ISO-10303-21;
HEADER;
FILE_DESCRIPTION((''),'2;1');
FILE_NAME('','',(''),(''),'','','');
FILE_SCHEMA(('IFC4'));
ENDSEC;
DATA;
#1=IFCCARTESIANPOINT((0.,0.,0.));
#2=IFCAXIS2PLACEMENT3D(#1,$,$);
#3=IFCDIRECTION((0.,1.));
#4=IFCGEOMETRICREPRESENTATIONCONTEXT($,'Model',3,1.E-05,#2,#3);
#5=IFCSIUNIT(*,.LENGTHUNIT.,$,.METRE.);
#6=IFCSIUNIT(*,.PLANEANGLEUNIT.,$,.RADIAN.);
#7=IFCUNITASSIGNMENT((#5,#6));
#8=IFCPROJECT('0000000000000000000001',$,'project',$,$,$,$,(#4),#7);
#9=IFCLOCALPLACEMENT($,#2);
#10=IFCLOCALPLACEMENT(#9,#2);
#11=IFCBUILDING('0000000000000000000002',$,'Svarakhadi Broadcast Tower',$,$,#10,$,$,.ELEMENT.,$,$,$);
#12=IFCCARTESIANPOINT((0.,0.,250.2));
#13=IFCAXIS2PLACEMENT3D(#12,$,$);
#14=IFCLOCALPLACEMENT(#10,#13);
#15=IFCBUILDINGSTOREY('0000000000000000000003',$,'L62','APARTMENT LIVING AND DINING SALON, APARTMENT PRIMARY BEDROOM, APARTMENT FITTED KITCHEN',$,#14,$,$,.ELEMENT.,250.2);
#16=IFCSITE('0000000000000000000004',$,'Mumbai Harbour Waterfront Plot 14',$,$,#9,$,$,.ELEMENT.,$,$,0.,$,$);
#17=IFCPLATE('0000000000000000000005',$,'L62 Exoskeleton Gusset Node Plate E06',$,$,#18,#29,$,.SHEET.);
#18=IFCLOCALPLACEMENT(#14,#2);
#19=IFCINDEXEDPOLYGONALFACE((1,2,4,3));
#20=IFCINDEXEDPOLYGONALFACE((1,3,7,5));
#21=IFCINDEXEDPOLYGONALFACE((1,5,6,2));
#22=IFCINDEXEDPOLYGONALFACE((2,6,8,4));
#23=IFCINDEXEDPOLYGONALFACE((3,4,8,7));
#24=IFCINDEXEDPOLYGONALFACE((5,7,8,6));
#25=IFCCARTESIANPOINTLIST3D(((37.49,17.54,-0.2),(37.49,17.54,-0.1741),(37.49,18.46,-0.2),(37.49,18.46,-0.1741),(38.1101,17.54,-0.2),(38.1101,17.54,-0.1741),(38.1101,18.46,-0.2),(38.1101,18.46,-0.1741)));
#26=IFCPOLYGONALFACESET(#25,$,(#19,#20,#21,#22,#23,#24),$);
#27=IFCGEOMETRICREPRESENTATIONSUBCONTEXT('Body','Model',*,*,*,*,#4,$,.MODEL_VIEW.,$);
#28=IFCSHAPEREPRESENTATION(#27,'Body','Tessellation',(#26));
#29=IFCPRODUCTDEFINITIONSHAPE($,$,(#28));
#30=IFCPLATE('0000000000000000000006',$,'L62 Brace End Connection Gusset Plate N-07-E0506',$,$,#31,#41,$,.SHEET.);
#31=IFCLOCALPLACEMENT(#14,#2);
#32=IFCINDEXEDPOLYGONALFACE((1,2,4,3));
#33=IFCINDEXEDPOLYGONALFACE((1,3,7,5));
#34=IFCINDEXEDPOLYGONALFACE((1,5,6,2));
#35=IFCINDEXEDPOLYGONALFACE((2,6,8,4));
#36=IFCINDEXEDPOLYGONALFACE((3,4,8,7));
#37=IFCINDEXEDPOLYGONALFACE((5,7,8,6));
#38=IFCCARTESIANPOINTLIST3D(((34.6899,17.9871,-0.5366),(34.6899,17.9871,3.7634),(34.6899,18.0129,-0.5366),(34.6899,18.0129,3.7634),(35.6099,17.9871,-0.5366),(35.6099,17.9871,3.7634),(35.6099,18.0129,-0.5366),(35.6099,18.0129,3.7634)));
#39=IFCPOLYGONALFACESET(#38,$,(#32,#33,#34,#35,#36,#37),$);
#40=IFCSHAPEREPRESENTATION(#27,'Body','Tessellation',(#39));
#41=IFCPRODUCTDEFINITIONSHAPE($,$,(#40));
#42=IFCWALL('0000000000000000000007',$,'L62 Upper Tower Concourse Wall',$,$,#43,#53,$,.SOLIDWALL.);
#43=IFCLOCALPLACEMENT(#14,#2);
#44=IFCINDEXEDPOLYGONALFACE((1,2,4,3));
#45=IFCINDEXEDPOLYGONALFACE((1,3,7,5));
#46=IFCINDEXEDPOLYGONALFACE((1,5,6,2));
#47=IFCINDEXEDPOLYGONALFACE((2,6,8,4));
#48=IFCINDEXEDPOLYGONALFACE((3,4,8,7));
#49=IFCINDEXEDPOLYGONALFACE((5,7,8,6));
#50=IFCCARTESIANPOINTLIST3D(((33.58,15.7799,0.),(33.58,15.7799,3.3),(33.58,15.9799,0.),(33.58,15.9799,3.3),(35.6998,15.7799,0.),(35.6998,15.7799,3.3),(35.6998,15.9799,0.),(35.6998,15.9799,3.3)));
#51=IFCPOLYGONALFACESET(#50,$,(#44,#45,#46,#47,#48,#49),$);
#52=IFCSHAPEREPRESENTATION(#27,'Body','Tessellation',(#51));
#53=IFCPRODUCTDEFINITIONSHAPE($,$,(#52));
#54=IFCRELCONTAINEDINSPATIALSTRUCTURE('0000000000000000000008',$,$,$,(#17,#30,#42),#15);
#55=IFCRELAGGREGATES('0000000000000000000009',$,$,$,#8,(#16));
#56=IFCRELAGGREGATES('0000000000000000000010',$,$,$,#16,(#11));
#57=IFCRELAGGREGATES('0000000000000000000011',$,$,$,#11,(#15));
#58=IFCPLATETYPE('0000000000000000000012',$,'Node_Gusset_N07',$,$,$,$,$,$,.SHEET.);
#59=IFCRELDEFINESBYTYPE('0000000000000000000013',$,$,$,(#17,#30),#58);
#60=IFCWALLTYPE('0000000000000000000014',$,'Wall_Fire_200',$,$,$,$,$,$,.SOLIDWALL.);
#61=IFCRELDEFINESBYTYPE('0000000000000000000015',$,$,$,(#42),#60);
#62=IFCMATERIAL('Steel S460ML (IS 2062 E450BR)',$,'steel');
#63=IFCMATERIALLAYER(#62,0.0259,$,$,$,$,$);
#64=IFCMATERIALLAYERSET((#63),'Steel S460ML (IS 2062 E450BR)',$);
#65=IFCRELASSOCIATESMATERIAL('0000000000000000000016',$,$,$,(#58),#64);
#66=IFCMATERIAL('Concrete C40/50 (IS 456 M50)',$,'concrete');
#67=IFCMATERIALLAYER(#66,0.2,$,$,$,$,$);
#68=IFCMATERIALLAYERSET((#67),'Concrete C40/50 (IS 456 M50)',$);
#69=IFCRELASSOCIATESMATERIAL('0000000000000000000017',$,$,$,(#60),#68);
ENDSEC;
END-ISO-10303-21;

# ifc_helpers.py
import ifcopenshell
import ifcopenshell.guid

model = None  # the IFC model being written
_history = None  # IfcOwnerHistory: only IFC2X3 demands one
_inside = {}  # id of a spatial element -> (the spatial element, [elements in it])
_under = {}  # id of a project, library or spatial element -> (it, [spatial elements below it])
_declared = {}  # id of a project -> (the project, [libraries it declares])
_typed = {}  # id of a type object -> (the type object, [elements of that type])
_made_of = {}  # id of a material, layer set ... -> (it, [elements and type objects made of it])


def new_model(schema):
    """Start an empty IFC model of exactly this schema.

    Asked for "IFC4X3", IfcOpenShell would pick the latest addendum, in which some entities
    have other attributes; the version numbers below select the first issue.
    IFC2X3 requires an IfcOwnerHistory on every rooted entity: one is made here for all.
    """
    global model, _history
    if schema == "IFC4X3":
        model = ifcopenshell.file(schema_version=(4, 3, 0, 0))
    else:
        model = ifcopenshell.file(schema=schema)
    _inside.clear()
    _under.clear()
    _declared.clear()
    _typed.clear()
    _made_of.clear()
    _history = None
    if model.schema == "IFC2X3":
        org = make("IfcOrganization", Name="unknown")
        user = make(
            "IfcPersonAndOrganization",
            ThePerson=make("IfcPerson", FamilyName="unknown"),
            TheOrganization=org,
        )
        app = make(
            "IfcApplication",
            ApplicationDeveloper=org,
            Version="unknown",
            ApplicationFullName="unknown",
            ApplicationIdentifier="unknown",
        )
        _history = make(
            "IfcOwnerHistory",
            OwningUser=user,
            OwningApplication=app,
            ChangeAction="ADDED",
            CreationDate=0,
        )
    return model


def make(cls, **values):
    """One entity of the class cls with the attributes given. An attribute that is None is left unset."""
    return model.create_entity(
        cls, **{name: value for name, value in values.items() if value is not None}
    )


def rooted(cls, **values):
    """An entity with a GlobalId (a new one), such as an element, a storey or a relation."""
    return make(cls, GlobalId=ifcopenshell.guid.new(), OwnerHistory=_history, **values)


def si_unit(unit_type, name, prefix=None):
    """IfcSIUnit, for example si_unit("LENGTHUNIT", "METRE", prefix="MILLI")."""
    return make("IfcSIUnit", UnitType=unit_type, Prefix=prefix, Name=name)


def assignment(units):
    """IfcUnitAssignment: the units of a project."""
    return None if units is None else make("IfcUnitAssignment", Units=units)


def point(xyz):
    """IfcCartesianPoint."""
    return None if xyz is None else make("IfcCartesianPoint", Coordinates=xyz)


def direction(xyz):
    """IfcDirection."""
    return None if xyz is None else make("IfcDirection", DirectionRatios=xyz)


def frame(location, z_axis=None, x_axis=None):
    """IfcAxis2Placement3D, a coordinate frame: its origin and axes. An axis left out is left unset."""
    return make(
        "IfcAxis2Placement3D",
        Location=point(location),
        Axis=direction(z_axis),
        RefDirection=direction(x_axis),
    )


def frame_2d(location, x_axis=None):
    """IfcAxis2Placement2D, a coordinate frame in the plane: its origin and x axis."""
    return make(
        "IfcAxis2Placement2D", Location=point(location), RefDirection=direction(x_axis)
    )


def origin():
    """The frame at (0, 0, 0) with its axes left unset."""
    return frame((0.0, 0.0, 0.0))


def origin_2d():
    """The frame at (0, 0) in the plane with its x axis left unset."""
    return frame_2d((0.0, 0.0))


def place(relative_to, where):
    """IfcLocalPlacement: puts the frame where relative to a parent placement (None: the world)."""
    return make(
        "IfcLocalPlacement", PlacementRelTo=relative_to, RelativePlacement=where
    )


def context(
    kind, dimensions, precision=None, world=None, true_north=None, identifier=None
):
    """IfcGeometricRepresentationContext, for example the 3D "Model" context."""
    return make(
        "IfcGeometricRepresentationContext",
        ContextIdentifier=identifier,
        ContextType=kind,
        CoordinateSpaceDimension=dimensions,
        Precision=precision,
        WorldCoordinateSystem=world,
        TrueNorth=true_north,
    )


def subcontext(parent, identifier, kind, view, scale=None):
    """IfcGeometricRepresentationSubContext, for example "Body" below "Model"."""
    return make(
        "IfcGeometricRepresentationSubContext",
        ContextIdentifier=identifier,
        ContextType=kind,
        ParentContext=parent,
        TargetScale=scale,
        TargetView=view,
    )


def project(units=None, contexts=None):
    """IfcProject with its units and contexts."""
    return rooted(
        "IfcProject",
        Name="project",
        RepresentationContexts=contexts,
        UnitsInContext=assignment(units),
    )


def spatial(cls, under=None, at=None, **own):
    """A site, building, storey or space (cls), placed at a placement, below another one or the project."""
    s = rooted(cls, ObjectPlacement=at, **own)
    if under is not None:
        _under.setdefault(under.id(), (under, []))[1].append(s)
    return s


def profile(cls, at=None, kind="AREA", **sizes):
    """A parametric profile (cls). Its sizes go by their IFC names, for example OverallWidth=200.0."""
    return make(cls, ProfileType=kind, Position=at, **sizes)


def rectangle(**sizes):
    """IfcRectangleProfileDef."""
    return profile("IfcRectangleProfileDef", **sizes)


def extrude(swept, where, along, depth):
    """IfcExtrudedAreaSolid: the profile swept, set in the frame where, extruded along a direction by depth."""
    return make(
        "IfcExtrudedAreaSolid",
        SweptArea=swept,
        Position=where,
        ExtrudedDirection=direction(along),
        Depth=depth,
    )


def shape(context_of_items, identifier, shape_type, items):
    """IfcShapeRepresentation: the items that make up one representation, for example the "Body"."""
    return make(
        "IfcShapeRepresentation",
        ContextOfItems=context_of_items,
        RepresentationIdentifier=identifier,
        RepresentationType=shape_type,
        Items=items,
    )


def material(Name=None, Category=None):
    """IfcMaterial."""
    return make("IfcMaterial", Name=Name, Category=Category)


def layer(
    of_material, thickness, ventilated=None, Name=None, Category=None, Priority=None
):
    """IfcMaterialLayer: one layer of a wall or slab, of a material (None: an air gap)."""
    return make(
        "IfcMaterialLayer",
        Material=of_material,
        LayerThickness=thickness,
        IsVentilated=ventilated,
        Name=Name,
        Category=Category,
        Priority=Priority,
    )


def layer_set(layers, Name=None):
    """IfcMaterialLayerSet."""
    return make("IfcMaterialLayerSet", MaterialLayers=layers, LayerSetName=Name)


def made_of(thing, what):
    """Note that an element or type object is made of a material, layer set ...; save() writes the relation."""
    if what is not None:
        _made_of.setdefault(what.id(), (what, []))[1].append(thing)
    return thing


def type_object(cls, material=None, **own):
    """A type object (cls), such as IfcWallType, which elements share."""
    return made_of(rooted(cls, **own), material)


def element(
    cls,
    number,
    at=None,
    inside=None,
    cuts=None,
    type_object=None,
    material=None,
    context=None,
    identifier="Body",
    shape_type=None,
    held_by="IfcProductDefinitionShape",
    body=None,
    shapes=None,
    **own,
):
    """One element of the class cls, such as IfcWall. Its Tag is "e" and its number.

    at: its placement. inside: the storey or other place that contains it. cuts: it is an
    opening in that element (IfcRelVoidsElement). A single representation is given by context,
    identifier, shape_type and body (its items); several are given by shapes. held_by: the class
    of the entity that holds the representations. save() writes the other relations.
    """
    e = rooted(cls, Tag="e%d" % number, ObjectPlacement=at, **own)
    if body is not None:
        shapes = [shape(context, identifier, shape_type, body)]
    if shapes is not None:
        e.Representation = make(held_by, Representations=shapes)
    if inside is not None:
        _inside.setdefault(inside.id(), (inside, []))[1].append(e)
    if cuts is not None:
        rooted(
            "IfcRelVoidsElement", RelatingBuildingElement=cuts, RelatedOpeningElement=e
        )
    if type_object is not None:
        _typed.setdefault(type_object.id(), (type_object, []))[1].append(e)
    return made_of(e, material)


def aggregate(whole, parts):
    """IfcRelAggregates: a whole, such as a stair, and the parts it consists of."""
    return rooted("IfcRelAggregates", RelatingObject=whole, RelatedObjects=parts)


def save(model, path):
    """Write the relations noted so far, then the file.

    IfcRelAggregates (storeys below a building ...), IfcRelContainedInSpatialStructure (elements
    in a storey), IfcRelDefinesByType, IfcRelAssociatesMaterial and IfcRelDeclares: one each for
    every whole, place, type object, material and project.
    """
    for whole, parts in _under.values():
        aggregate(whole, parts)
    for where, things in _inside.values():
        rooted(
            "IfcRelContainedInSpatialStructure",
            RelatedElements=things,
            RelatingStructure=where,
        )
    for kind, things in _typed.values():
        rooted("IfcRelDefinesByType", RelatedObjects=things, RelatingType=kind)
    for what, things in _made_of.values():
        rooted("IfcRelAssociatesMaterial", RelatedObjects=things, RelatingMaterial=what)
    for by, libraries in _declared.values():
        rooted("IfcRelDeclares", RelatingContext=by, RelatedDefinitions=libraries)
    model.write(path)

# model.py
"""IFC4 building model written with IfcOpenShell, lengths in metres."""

from ifc_helpers import new_model, si_unit, direction, frame, frame_2d, origin, origin_2d, place, context, subcontext, project, spatial, rectangle, extrude, material, layer, layer_set, type_object, element, save


model = new_model("IFC4")

# Units and contexts
model_context = context("Model", 3, precision=1e-05, world=origin(), true_north=direction((0.0, 1.0)))
body_context = subcontext(model_context, "Body", "Model", "MODEL_VIEW")
ifc_project = project(units=[si_unit("LENGTHUNIT", "METRE"), si_unit("PLANEANGLEUNIT", "RADIAN")], contexts=[model_context])

# Site, building, storey
site_placement = place(None, origin())
site = spatial("IfcSite", under=ifc_project, at=site_placement, Name="Mumbai Harbour Waterfront Plot 14", CompositionType="ELEMENT", RefElevation=0.0)
building_placement = place(site_placement, origin())
building = spatial("IfcBuilding", under=site, at=building_placement, Name="Svarakhadi Broadcast Tower", CompositionType="ELEMENT")
storey_placement = place(building_placement, frame((0.0, 0.0, 250.2)))
storey = spatial("IfcBuildingStorey", under=building, at=storey_placement, Name="L62", Description="APARTMENT LIVING AND DINING SALON, APARTMENT PRIMARY BEDROOM, APARTMENT FITTED KITCHEN", CompositionType="ELEMENT", Elevation=250.2)

# Shared definitions
ifc_material_1 = material(Name="Steel S460ML (IS 2062 E450BR)", Category="steel")

# Plates
ifc_layer_1 = layer(ifc_material_1, 0.0259)
ifc_layer_set_1 = layer_set([ifc_layer_1], Name="Steel S460ML (IS 2062 E450BR)")
plate_type_1 = type_object("IfcPlateType", Name="Node_Gusset_N07", PredefinedType="SHEET", material=ifc_layer_set_1)
plate_1_placement = place(storey_placement, frame((37.8, 18.0, -0.2), z_axis=(0.0, 0.0, 1.0), x_axis=(0.0, 1.0, 0.0)))
element("IfcPlate", 1, at=plate_1_placement, inside=storey, type_object=plate_type_1, Name="L62 Exoskeleton Gusset Node Plate E06", PredefinedType="SHEET", context=body_context, shape_type="SweptSolid", body=[
    extrude(rectangle(XDim=0.9199, YDim=0.6201, at=origin_2d()), origin(), (0.0, 0.0, 1.0), 0.0259),
])
plate_2_placement = place(storey_placement, frame((35.1499, 18.0, -0.5366), z_axis=(0.0, 0.0, 1.0), x_axis=(1.0, 0.0, 0.0)))
element("IfcPlate", 2, at=plate_2_placement, inside=storey, type_object=plate_type_1, Name="L62 Brace End Connection Gusset Plate N-07-E0506", PredefinedType="SHEET", context=body_context, shape_type="SweptSolid", body=[
    extrude(rectangle(XDim=0.9199, YDim=0.0259, at=origin_2d()), origin(), (0.0, 0.0, 1.0), 4.3),
])

# Wall
ifc_material_2 = material(Name="Concrete C40/50 (IS 456 M50)", Category="concrete")
ifc_layer_2 = layer(ifc_material_2, 0.2)
ifc_layer_set_2 = layer_set([ifc_layer_2], Name="Concrete C40/50 (IS 456 M50)")
wall_type = type_object("IfcWallType", Name="Wall_Fire_200", PredefinedType="SOLIDWALL", material=ifc_layer_set_2)
wall_placement = place(storey_placement, frame((35.7, 15.8799, 0.0), z_axis=(0.0, 0.0, 1.0), x_axis=(-1.0, 0.0, 0.0)))
element("IfcWall", 3, at=wall_placement, inside=storey, type_object=wall_type, Name="L62 Upper Tower Concourse Wall", PredefinedType="SOLIDWALL", context=body_context, shape_type="SweptSolid", body=[
    extrude(rectangle(XDim=2.1199, YDim=0.2, at=frame_2d((1.0601, 0.0))), origin(), (0.0, 0.0, 1.0), 3.3),
])

save(model, "model.ifc")
